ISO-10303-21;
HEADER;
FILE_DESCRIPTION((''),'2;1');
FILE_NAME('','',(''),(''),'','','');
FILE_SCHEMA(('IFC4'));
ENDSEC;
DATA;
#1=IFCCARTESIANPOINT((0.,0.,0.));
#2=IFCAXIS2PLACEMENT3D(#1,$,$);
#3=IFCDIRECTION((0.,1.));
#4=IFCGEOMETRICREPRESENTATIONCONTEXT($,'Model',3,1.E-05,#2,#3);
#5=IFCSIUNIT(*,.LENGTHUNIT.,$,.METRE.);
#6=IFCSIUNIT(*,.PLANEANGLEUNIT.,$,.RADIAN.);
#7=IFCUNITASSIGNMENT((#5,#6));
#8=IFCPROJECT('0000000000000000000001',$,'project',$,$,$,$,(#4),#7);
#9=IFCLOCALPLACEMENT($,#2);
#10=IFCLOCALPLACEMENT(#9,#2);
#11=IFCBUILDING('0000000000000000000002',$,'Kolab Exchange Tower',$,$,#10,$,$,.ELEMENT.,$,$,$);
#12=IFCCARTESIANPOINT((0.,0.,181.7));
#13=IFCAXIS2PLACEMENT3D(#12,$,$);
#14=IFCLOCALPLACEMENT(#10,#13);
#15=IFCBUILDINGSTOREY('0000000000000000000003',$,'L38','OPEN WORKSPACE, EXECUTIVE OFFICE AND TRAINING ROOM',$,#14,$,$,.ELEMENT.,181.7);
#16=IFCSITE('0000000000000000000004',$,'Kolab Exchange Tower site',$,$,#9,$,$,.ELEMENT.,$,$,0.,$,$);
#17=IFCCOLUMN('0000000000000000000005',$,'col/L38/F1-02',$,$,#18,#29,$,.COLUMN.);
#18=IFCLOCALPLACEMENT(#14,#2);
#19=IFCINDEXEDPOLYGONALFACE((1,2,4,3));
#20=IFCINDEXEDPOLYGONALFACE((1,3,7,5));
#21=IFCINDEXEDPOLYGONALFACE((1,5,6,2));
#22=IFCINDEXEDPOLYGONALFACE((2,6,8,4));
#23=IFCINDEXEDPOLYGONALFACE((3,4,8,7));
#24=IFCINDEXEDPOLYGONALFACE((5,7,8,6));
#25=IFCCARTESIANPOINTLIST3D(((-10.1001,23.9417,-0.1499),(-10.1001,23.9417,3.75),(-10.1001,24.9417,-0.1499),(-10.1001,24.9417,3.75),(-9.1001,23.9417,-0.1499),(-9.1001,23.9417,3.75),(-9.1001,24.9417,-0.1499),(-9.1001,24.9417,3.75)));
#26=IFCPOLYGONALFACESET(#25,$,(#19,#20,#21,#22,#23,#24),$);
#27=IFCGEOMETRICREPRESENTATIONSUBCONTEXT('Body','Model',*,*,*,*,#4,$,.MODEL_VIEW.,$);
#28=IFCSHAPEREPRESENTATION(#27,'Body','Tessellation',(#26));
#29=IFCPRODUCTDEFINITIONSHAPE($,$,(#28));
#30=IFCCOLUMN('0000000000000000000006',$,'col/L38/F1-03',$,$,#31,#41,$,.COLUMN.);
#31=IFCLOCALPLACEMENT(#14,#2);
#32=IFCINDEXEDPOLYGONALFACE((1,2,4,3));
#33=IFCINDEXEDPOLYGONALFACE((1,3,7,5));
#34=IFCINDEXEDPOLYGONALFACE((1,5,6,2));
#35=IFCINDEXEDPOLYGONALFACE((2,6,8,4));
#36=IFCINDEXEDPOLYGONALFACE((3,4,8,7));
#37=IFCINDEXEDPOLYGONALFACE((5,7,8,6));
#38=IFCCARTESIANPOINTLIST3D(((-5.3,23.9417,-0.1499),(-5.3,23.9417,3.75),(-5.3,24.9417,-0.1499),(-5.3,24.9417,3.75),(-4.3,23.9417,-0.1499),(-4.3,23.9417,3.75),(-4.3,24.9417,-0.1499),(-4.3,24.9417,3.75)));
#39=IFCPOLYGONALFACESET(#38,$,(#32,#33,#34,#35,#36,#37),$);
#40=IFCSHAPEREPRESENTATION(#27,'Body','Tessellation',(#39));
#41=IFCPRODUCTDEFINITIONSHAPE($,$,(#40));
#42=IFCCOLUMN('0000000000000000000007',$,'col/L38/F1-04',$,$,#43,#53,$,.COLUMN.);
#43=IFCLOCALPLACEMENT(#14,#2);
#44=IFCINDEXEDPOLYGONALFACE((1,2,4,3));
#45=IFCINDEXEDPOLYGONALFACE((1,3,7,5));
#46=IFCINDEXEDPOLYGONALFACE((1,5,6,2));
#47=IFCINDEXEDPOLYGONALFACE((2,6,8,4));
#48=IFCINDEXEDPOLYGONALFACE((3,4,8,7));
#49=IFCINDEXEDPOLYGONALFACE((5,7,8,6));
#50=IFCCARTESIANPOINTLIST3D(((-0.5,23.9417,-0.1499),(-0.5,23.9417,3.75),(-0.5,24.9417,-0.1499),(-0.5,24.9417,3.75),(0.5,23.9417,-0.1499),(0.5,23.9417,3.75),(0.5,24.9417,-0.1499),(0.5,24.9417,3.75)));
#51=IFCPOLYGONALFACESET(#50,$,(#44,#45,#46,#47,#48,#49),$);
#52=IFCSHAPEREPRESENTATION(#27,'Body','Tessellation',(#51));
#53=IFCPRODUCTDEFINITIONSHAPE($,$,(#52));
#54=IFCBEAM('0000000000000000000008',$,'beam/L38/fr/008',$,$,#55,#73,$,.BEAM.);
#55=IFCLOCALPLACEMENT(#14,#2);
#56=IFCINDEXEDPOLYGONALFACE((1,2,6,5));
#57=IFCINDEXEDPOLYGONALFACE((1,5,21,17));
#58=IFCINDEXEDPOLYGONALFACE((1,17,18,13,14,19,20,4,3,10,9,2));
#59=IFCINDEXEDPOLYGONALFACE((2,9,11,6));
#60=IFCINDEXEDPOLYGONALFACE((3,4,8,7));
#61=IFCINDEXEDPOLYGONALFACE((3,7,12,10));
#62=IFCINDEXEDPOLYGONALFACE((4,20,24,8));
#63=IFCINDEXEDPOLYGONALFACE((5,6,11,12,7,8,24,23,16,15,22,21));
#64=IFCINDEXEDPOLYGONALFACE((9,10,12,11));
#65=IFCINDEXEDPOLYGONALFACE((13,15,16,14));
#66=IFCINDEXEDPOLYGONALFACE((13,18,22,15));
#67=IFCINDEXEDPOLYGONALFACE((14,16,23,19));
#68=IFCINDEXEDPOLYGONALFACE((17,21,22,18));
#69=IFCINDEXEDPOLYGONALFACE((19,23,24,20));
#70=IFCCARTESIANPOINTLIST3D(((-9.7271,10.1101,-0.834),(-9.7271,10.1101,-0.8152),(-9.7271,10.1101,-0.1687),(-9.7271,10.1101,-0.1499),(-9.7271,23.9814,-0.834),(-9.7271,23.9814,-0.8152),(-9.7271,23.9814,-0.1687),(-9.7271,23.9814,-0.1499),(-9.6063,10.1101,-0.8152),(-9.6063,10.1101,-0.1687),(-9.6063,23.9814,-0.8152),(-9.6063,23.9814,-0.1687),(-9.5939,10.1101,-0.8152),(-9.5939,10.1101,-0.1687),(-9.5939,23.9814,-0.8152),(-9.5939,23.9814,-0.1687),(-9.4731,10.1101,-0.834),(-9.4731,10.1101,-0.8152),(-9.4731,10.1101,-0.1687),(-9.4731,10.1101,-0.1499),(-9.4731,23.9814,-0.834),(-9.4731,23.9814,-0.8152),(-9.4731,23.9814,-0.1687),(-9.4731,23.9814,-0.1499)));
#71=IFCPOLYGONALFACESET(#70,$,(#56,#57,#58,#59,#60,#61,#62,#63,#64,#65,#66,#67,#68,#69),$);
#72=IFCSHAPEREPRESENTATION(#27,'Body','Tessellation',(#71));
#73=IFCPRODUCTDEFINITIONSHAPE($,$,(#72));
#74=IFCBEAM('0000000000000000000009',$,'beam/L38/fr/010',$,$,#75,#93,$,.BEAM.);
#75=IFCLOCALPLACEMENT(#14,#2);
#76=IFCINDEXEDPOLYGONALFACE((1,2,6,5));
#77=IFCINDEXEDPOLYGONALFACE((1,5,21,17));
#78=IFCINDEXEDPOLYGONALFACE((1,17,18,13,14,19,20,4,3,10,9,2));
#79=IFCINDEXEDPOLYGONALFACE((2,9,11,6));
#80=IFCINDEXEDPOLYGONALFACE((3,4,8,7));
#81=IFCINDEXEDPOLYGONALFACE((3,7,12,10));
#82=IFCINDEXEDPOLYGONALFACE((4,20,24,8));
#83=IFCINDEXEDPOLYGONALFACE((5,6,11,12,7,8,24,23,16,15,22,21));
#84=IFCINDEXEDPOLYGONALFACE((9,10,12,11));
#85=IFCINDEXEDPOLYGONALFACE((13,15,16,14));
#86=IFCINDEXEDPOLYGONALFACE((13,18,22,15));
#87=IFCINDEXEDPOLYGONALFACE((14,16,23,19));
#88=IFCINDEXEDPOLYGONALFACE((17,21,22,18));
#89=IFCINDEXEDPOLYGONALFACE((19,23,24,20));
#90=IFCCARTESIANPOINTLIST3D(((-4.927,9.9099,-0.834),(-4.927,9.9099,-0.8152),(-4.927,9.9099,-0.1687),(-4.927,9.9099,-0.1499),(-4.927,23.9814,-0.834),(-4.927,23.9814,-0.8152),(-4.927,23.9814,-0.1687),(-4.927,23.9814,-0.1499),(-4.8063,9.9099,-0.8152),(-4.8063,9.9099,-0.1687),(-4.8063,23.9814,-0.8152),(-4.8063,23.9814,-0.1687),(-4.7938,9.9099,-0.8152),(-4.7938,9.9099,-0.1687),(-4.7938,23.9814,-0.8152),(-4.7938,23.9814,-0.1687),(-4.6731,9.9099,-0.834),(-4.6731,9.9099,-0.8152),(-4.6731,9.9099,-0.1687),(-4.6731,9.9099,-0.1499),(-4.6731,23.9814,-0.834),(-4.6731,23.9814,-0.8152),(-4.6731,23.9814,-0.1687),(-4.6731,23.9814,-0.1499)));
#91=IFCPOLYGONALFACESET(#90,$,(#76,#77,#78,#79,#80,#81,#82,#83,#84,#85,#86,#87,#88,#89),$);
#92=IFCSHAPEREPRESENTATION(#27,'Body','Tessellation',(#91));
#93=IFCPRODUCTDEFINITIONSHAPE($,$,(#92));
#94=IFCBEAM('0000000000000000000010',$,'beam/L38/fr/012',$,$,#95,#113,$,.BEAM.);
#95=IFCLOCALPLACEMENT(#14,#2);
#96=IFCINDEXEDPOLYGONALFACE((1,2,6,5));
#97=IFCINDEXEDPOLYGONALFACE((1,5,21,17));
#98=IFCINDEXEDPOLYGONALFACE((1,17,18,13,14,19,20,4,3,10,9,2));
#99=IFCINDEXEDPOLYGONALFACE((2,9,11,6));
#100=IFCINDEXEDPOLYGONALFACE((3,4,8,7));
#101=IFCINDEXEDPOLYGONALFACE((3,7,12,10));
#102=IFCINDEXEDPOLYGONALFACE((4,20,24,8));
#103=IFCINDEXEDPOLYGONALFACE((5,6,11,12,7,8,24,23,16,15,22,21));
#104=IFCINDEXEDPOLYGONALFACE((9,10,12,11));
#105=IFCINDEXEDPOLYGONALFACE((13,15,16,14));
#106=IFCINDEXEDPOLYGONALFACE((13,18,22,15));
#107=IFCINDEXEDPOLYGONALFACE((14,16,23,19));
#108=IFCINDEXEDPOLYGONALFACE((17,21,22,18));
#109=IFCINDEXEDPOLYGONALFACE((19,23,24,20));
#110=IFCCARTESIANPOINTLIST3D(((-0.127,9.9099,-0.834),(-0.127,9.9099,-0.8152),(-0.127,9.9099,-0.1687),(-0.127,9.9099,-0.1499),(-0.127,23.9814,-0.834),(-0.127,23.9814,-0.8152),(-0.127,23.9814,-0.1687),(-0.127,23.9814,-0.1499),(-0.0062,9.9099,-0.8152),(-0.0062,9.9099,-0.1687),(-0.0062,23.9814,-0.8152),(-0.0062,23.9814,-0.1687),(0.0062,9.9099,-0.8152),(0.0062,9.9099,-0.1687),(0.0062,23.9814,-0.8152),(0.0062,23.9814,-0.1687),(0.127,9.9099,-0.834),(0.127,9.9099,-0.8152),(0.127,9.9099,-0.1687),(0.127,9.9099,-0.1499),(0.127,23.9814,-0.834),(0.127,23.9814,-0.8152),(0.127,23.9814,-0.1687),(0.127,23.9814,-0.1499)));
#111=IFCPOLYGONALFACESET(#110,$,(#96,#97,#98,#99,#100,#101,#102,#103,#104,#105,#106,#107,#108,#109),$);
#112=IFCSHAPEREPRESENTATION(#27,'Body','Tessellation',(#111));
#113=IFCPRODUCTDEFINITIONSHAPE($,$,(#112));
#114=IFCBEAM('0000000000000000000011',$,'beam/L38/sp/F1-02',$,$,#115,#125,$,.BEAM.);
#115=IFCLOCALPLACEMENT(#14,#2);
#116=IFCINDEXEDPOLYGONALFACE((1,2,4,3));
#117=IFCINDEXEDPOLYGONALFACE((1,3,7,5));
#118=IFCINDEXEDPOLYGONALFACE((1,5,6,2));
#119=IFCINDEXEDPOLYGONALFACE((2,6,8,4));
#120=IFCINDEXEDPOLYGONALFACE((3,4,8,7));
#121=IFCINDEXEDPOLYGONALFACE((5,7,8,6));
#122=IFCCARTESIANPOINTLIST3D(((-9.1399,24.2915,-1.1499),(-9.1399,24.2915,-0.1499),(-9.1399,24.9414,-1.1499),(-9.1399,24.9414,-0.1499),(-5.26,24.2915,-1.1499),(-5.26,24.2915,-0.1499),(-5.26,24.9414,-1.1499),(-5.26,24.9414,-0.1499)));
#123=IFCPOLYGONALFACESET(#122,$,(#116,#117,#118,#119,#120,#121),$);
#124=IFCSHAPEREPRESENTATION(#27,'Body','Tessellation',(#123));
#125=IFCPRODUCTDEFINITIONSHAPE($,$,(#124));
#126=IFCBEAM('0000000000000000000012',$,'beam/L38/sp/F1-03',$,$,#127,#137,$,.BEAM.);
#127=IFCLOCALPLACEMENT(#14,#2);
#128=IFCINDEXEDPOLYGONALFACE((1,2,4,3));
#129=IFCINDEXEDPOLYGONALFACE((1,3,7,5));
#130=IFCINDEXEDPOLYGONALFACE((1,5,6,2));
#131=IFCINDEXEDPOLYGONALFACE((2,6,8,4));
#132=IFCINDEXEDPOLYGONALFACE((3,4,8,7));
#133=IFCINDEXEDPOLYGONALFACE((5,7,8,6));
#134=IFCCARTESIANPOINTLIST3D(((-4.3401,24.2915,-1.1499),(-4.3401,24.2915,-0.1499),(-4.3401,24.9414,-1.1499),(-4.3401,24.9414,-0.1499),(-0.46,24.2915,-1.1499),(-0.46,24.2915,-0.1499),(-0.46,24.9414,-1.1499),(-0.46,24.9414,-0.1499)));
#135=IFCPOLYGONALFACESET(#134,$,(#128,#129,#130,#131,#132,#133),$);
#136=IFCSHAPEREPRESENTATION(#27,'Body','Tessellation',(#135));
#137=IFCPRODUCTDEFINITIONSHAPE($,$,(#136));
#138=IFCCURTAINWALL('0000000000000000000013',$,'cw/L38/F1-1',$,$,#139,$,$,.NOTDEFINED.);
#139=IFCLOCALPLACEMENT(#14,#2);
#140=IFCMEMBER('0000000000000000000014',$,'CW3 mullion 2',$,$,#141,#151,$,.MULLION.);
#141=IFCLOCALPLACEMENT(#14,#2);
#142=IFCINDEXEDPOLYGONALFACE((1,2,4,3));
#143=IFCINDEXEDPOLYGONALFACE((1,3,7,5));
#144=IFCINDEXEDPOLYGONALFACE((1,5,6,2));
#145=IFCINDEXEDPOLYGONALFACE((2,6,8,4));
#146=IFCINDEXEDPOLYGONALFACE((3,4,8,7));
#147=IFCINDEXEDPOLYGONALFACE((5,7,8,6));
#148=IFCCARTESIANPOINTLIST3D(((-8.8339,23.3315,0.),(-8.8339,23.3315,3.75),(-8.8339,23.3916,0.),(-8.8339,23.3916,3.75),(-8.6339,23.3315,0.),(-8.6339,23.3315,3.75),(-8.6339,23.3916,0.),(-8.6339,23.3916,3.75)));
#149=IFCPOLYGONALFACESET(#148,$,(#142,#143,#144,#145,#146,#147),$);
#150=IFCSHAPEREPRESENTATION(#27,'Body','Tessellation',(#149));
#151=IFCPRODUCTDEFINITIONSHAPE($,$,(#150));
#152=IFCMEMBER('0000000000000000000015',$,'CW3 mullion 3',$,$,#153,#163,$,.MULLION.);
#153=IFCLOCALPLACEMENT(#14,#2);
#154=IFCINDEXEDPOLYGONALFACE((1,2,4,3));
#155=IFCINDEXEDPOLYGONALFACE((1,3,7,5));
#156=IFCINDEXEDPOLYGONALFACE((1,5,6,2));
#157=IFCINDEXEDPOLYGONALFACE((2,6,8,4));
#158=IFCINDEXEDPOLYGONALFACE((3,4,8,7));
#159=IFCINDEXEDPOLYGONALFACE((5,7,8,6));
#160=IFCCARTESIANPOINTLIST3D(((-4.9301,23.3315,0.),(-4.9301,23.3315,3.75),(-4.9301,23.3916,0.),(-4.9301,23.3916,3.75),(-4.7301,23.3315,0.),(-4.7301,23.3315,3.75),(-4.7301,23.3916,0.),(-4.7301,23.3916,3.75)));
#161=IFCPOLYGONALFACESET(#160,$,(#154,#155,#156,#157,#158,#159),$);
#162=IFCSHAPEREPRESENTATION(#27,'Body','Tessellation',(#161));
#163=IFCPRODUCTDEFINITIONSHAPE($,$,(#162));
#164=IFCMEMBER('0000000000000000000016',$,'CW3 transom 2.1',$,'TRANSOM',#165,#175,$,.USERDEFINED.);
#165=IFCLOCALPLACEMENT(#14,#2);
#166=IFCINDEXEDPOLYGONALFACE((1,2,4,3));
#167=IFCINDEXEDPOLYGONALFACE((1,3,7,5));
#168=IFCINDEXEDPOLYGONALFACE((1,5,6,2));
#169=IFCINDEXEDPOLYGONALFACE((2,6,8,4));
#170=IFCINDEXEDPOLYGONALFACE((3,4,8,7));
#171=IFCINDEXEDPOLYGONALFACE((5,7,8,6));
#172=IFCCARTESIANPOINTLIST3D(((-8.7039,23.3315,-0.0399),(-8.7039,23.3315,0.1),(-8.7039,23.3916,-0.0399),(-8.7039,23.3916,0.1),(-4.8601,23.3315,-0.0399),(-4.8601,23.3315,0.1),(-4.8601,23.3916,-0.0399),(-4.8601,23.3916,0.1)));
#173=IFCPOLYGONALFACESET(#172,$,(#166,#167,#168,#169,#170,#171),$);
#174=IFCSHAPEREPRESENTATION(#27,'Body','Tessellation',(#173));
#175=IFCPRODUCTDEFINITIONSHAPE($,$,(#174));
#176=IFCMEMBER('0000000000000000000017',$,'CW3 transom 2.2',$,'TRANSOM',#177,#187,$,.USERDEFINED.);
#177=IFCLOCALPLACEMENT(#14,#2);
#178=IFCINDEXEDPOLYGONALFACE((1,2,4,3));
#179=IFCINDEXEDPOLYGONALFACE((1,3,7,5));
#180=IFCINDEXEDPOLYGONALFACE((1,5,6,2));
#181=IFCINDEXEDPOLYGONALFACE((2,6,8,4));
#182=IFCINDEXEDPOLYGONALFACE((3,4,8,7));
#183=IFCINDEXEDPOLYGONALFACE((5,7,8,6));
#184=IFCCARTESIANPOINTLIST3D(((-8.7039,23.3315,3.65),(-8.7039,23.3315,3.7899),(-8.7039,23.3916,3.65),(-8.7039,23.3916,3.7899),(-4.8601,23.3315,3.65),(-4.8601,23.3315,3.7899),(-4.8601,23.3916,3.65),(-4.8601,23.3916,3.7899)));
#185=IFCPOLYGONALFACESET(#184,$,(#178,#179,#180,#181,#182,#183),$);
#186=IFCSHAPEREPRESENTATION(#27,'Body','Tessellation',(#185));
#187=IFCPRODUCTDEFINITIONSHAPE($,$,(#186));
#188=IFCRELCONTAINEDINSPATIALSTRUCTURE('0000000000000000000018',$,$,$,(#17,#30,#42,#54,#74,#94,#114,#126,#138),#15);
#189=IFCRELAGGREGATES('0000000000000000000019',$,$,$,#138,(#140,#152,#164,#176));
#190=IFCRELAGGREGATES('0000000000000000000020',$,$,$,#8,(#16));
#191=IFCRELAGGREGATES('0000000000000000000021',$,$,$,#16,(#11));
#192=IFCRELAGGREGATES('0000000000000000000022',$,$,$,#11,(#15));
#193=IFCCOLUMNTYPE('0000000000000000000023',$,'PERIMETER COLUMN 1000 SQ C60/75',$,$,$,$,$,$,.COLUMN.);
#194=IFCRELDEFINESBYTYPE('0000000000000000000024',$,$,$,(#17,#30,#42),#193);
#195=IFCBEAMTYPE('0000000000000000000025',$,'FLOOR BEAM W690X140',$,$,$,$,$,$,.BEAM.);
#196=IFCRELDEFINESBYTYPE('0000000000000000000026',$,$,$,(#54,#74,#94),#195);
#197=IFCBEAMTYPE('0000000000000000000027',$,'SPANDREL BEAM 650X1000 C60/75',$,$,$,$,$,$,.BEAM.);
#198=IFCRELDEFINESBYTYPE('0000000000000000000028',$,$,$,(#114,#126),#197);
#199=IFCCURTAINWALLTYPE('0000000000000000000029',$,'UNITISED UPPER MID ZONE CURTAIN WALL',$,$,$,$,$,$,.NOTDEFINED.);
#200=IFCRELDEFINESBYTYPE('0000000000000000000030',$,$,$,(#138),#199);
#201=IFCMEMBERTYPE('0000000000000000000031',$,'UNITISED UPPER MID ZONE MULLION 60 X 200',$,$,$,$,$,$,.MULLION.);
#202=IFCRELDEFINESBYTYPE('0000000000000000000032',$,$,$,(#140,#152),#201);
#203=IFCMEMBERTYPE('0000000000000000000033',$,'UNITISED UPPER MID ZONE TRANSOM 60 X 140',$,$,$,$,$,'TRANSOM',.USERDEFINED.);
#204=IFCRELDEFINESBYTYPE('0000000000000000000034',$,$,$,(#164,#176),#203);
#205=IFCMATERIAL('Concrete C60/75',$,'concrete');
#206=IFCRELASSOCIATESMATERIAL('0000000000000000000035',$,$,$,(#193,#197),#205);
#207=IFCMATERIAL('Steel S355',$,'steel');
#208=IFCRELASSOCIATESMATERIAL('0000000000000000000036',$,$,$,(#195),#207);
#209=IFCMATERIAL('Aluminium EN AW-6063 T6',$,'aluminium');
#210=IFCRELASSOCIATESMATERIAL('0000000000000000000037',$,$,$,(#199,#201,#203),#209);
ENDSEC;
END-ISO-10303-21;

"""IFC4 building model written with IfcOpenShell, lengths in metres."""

from ifc_helpers import new_model, si_unit, direction, frame, origin, origin_2d, place, context, subcontext, project, spatial, rectangle, i_section, extrude, material, material_profile, profile_set, type_object, element, aggregate, save


model = new_model("IFC4")

# Units and contexts
model_context = context("Model", 3, precision=1e-05, world=origin(), true_north=direction((0.0, 1.0)))
body_context = subcontext(model_context, "Body", "Model", "MODEL_VIEW")
ifc_project = project(units=[si_unit("LENGTHUNIT", "METRE"), si_unit("PLANEANGLEUNIT", "RADIAN")], contexts=[model_context])

# Site, building, storey
site_placement = place(None, origin())
site = spatial("IfcSite", under=ifc_project, at=site_placement, Name="Kolab Exchange Tower site", CompositionType="ELEMENT", RefElevation=0.0)
building_placement = place(site_placement, origin())
building = spatial("IfcBuilding", under=site, at=building_placement, Name="Kolab Exchange Tower", CompositionType="ELEMENT")
storey_placement = place(building_placement, frame((0.0, 0.0, 181.7)))
storey = spatial("IfcBuildingStorey", under=building, at=storey_placement, Name="L38", Description="OPEN WORKSPACE, EXECUTIVE OFFICE AND TRAINING ROOM", CompositionType="ELEMENT", Elevation=181.7)

# Columns
ifc_material_1 = material(Name="Concrete C60/75", Category="concrete")
ifc_material_profile_1 = material_profile(ifc_material_1, rectangle(XDim=1.0, YDim=1.0, at=origin_2d()), Name="RC1000")
ifc_profile_set_1 = profile_set([ifc_material_profile_1], Name="Concrete C60/75")
column_type = type_object("IfcColumnType", Name="PERIMETER COLUMN 1000 SQ C60/75", PredefinedType="COLUMN", material=ifc_profile_set_1)
for number, where, z_axis, x_axis, name in (
    (1, (-9.6001, 24.4417, -0.1499), (0.0, 0.0, 1.0), (1.0, 0.0, 0.0), "col/L38/F1-02"),
    (2, (-4.8, 24.4417, -0.1499), (0.0, 0.0, 1.0), (1.0, 0.0, 0.0), "col/L38/F1-03"),
    (3, (0.0, 24.4417, -0.1499), (0.0, 0.0, 1.0), (1.0, 0.0, 0.0), "col/L38/F1-04"),
):
    element("IfcColumn", number, at=place(storey_placement, frame(where, z_axis=z_axis, x_axis=x_axis)), inside=storey, type_object=column_type, Name=name, PredefinedType="COLUMN", context=body_context, shape_type="SweptSolid", body=[
        extrude(rectangle(XDim=1.0, YDim=1.0, at=origin_2d()), origin(), (0.0, 0.0, 1.0), 3.8999),
    ])

# Beams
ifc_material_2 = material(Name="Steel S355", Category="steel")
ifc_material_profile_2 = material_profile(ifc_material_2, i_section(OverallWidth=0.2539, OverallDepth=0.6841, WebThickness=0.0125, FlangeThickness=0.0188, at=origin_2d()), Name="W690X140")
ifc_profile_set_2 = profile_set([ifc_material_profile_2], Name="Steel S355")
beam_type_1 = type_object("IfcBeamType", Name="FLOOR BEAM W690X140", PredefinedType="BEAM", material=ifc_profile_set_2)
beam_1_placement = place(storey_placement, frame((-9.6001, 10.1101, -0.4919), z_axis=(0.0, 1.0, 0.0), x_axis=(-1.0, 0.0, 0.0)))
element("IfcBeam", 4, at=beam_1_placement, inside=storey, type_object=beam_type_1, Name="beam/L38/fr/008", PredefinedType="BEAM", context=body_context, shape_type="SweptSolid", body=[
    extrude(i_section(OverallWidth=0.2539, OverallDepth=0.6841, WebThickness=0.0125, FlangeThickness=0.0188, at=origin_2d()), origin(), (0.0, 0.0, 1.0), 13.8713),
])
for number, where, z_axis, x_axis, name in (
    (5, (-4.8, 9.9099, -0.4919), (0.0, 1.0, 0.0), (-1.0, 0.0, 0.0), "beam/L38/fr/010"),
    (6, (0.0, 9.9099, -0.4919), (0.0, 1.0, 0.0), (-1.0, 0.0, 0.0), "beam/L38/fr/012"),
):
    element("IfcBeam", number, at=place(storey_placement, frame(where, z_axis=z_axis, x_axis=x_axis)), inside=storey, type_object=beam_type_1, Name=name, PredefinedType="BEAM", context=body_context, shape_type="SweptSolid", body=[
        extrude(i_section(OverallWidth=0.2539, OverallDepth=0.6841, WebThickness=0.0125, FlangeThickness=0.0188, at=origin_2d()), origin(), (0.0, 0.0, 1.0), 14.0715),
    ])
ifc_material_profile_3 = material_profile(ifc_material_1, rectangle(XDim=0.6499, YDim=1.0, at=origin_2d()), Name="RC650X1000")
ifc_profile_set_3 = profile_set([ifc_material_profile_3], Name="Concrete C60/75")
beam_type_2 = type_object("IfcBeamType", Name="SPANDREL BEAM 650X1000 C60/75", PredefinedType="BEAM", material=ifc_profile_set_3)
beam_2_placement = place(storey_placement, frame((-9.1399, 24.6165, -0.6499), z_axis=(1.0, 0.0, 0.0), x_axis=(0.0, 1.0, 0.0)))
element("IfcBeam", 7, at=beam_2_placement, inside=storey, type_object=beam_type_2, Name="beam/L38/sp/F1-02", PredefinedType="BEAM", context=body_context, shape_type="SweptSolid", body=[
    extrude(rectangle(XDim=0.6499, YDim=1.0, at=origin_2d()), origin(), (0.0, 0.0, 1.0), 3.8799),
])
beam_3_placement = place(storey_placement, frame((-4.3401, 24.6165, -0.6499), z_axis=(1.0, 0.0, 0.0), x_axis=(0.0, 1.0, 0.0)))
element("IfcBeam", 8, at=beam_3_placement, inside=storey, type_object=beam_type_2, Name="beam/L38/sp/F1-03", PredefinedType="BEAM", context=body_context, shape_type="SweptSolid", body=[
    extrude(rectangle(XDim=0.6499, YDim=1.0, at=origin_2d()), origin(), (0.0, 0.0, 1.0), 3.8801),
])

# Curtain wall, members
ifc_material_3 = material(Name="Aluminium EN AW-6063 T6", Category="aluminium")
curtain_wall_type = type_object("IfcCurtainWallType", Name="UNITISED UPPER MID ZONE CURTAIN WALL", PredefinedType="NOTDEFINED", material=ifc_material_3)
curtain_wall_placement = place(storey_placement, origin())
curtain_wall = element("IfcCurtainWall", 9, at=curtain_wall_placement, inside=storey, type_object=curtain_wall_type, Name="cw/L38/F1-1", PredefinedType="NOTDEFINED")
ifc_material_profile_4 = material_profile(ifc_material_3, rectangle(XDim=0.0601, YDim=0.2, at=origin_2d()), Name="RECT 60X200")
ifc_profile_set_4 = profile_set([ifc_material_profile_4], Name="Aluminium EN AW-6063 T6")
member_type_1 = type_object("IfcMemberType", Name="UNITISED UPPER MID ZONE MULLION 60 X 200", PredefinedType="MULLION", material=ifc_profile_set_4)
member_1_placement = place(storey_placement, frame((-8.7339, 23.3616, 0.0), z_axis=(0.0, 0.0, 1.0), x_axis=(0.0, 1.0, 0.0)))
member_1 = element("IfcMember", 10, at=member_1_placement, type_object=member_type_1, Name="CW3 mullion 2", PredefinedType="MULLION", context=body_context, shape_type="SweptSolid", body=[
    extrude(rectangle(XDim=0.0601, YDim=0.2, at=origin_2d()), origin(), (0.0, 0.0, 1.0), 3.75),
])
member_2_placement = place(storey_placement, frame((-4.8301, 23.3616, 0.0), z_axis=(0.0, 0.0, 1.0), x_axis=(0.0, 1.0, 0.0)))
member_2 = element("IfcMember", 11, at=member_2_placement, type_object=member_type_1, Name="CW3 mullion 3", PredefinedType="MULLION", context=body_context, shape_type="SweptSolid", body=[
    extrude(rectangle(XDim=0.0601, YDim=0.2, at=origin_2d()), origin(), (0.0, 0.0, 1.0), 3.75),
])
ifc_material_profile_5 = material_profile(ifc_material_3, rectangle(XDim=0.0601, YDim=0.1399, at=origin_2d()), Name="RECT 60X140")
ifc_profile_set_5 = profile_set([ifc_material_profile_5], Name="Aluminium EN AW-6063 T6")
member_type_2 = type_object("IfcMemberType", Name="UNITISED UPPER MID ZONE TRANSOM 60 X 140", ElementType="TRANSOM", PredefinedType="USERDEFINED", material=ifc_profile_set_5)
member_3_placement = place(storey_placement, frame((-8.7039, 23.3616, 0.03), z_axis=(1.0, 0.0, 0.0), x_axis=(0.0, 1.0, 0.0)))
member_3 = element("IfcMember", 12, at=member_3_placement, type_object=member_type_2, Name="CW3 transom 2.1", ObjectType="TRANSOM", PredefinedType="USERDEFINED", context=body_context, shape_type="SweptSolid", body=[
    extrude(rectangle(XDim=0.0601, YDim=0.1399, at=origin_2d()), origin(), (0.0, 0.0, 1.0), 3.8438),
])
member_4_placement = place(storey_placement, frame((-8.7039, 23.3616, 3.72), z_axis=(1.0, 0.0, 0.0), x_axis=(0.0, 1.0, 0.0)))
member_4 = element("IfcMember", 13, at=member_4_placement, type_object=member_type_2, Name="CW3 transom 2.2", ObjectType="TRANSOM", PredefinedType="USERDEFINED", context=body_context, shape_type="SweptSolid", body=[
    extrude(rectangle(XDim=0.0601, YDim=0.1399, at=origin_2d()), origin(), (0.0, 0.0, 1.0), 3.8438),
])
aggregate(curtain_wall, [member_1, member_2, member_3, member_4])

save(model, "model.ifc")
